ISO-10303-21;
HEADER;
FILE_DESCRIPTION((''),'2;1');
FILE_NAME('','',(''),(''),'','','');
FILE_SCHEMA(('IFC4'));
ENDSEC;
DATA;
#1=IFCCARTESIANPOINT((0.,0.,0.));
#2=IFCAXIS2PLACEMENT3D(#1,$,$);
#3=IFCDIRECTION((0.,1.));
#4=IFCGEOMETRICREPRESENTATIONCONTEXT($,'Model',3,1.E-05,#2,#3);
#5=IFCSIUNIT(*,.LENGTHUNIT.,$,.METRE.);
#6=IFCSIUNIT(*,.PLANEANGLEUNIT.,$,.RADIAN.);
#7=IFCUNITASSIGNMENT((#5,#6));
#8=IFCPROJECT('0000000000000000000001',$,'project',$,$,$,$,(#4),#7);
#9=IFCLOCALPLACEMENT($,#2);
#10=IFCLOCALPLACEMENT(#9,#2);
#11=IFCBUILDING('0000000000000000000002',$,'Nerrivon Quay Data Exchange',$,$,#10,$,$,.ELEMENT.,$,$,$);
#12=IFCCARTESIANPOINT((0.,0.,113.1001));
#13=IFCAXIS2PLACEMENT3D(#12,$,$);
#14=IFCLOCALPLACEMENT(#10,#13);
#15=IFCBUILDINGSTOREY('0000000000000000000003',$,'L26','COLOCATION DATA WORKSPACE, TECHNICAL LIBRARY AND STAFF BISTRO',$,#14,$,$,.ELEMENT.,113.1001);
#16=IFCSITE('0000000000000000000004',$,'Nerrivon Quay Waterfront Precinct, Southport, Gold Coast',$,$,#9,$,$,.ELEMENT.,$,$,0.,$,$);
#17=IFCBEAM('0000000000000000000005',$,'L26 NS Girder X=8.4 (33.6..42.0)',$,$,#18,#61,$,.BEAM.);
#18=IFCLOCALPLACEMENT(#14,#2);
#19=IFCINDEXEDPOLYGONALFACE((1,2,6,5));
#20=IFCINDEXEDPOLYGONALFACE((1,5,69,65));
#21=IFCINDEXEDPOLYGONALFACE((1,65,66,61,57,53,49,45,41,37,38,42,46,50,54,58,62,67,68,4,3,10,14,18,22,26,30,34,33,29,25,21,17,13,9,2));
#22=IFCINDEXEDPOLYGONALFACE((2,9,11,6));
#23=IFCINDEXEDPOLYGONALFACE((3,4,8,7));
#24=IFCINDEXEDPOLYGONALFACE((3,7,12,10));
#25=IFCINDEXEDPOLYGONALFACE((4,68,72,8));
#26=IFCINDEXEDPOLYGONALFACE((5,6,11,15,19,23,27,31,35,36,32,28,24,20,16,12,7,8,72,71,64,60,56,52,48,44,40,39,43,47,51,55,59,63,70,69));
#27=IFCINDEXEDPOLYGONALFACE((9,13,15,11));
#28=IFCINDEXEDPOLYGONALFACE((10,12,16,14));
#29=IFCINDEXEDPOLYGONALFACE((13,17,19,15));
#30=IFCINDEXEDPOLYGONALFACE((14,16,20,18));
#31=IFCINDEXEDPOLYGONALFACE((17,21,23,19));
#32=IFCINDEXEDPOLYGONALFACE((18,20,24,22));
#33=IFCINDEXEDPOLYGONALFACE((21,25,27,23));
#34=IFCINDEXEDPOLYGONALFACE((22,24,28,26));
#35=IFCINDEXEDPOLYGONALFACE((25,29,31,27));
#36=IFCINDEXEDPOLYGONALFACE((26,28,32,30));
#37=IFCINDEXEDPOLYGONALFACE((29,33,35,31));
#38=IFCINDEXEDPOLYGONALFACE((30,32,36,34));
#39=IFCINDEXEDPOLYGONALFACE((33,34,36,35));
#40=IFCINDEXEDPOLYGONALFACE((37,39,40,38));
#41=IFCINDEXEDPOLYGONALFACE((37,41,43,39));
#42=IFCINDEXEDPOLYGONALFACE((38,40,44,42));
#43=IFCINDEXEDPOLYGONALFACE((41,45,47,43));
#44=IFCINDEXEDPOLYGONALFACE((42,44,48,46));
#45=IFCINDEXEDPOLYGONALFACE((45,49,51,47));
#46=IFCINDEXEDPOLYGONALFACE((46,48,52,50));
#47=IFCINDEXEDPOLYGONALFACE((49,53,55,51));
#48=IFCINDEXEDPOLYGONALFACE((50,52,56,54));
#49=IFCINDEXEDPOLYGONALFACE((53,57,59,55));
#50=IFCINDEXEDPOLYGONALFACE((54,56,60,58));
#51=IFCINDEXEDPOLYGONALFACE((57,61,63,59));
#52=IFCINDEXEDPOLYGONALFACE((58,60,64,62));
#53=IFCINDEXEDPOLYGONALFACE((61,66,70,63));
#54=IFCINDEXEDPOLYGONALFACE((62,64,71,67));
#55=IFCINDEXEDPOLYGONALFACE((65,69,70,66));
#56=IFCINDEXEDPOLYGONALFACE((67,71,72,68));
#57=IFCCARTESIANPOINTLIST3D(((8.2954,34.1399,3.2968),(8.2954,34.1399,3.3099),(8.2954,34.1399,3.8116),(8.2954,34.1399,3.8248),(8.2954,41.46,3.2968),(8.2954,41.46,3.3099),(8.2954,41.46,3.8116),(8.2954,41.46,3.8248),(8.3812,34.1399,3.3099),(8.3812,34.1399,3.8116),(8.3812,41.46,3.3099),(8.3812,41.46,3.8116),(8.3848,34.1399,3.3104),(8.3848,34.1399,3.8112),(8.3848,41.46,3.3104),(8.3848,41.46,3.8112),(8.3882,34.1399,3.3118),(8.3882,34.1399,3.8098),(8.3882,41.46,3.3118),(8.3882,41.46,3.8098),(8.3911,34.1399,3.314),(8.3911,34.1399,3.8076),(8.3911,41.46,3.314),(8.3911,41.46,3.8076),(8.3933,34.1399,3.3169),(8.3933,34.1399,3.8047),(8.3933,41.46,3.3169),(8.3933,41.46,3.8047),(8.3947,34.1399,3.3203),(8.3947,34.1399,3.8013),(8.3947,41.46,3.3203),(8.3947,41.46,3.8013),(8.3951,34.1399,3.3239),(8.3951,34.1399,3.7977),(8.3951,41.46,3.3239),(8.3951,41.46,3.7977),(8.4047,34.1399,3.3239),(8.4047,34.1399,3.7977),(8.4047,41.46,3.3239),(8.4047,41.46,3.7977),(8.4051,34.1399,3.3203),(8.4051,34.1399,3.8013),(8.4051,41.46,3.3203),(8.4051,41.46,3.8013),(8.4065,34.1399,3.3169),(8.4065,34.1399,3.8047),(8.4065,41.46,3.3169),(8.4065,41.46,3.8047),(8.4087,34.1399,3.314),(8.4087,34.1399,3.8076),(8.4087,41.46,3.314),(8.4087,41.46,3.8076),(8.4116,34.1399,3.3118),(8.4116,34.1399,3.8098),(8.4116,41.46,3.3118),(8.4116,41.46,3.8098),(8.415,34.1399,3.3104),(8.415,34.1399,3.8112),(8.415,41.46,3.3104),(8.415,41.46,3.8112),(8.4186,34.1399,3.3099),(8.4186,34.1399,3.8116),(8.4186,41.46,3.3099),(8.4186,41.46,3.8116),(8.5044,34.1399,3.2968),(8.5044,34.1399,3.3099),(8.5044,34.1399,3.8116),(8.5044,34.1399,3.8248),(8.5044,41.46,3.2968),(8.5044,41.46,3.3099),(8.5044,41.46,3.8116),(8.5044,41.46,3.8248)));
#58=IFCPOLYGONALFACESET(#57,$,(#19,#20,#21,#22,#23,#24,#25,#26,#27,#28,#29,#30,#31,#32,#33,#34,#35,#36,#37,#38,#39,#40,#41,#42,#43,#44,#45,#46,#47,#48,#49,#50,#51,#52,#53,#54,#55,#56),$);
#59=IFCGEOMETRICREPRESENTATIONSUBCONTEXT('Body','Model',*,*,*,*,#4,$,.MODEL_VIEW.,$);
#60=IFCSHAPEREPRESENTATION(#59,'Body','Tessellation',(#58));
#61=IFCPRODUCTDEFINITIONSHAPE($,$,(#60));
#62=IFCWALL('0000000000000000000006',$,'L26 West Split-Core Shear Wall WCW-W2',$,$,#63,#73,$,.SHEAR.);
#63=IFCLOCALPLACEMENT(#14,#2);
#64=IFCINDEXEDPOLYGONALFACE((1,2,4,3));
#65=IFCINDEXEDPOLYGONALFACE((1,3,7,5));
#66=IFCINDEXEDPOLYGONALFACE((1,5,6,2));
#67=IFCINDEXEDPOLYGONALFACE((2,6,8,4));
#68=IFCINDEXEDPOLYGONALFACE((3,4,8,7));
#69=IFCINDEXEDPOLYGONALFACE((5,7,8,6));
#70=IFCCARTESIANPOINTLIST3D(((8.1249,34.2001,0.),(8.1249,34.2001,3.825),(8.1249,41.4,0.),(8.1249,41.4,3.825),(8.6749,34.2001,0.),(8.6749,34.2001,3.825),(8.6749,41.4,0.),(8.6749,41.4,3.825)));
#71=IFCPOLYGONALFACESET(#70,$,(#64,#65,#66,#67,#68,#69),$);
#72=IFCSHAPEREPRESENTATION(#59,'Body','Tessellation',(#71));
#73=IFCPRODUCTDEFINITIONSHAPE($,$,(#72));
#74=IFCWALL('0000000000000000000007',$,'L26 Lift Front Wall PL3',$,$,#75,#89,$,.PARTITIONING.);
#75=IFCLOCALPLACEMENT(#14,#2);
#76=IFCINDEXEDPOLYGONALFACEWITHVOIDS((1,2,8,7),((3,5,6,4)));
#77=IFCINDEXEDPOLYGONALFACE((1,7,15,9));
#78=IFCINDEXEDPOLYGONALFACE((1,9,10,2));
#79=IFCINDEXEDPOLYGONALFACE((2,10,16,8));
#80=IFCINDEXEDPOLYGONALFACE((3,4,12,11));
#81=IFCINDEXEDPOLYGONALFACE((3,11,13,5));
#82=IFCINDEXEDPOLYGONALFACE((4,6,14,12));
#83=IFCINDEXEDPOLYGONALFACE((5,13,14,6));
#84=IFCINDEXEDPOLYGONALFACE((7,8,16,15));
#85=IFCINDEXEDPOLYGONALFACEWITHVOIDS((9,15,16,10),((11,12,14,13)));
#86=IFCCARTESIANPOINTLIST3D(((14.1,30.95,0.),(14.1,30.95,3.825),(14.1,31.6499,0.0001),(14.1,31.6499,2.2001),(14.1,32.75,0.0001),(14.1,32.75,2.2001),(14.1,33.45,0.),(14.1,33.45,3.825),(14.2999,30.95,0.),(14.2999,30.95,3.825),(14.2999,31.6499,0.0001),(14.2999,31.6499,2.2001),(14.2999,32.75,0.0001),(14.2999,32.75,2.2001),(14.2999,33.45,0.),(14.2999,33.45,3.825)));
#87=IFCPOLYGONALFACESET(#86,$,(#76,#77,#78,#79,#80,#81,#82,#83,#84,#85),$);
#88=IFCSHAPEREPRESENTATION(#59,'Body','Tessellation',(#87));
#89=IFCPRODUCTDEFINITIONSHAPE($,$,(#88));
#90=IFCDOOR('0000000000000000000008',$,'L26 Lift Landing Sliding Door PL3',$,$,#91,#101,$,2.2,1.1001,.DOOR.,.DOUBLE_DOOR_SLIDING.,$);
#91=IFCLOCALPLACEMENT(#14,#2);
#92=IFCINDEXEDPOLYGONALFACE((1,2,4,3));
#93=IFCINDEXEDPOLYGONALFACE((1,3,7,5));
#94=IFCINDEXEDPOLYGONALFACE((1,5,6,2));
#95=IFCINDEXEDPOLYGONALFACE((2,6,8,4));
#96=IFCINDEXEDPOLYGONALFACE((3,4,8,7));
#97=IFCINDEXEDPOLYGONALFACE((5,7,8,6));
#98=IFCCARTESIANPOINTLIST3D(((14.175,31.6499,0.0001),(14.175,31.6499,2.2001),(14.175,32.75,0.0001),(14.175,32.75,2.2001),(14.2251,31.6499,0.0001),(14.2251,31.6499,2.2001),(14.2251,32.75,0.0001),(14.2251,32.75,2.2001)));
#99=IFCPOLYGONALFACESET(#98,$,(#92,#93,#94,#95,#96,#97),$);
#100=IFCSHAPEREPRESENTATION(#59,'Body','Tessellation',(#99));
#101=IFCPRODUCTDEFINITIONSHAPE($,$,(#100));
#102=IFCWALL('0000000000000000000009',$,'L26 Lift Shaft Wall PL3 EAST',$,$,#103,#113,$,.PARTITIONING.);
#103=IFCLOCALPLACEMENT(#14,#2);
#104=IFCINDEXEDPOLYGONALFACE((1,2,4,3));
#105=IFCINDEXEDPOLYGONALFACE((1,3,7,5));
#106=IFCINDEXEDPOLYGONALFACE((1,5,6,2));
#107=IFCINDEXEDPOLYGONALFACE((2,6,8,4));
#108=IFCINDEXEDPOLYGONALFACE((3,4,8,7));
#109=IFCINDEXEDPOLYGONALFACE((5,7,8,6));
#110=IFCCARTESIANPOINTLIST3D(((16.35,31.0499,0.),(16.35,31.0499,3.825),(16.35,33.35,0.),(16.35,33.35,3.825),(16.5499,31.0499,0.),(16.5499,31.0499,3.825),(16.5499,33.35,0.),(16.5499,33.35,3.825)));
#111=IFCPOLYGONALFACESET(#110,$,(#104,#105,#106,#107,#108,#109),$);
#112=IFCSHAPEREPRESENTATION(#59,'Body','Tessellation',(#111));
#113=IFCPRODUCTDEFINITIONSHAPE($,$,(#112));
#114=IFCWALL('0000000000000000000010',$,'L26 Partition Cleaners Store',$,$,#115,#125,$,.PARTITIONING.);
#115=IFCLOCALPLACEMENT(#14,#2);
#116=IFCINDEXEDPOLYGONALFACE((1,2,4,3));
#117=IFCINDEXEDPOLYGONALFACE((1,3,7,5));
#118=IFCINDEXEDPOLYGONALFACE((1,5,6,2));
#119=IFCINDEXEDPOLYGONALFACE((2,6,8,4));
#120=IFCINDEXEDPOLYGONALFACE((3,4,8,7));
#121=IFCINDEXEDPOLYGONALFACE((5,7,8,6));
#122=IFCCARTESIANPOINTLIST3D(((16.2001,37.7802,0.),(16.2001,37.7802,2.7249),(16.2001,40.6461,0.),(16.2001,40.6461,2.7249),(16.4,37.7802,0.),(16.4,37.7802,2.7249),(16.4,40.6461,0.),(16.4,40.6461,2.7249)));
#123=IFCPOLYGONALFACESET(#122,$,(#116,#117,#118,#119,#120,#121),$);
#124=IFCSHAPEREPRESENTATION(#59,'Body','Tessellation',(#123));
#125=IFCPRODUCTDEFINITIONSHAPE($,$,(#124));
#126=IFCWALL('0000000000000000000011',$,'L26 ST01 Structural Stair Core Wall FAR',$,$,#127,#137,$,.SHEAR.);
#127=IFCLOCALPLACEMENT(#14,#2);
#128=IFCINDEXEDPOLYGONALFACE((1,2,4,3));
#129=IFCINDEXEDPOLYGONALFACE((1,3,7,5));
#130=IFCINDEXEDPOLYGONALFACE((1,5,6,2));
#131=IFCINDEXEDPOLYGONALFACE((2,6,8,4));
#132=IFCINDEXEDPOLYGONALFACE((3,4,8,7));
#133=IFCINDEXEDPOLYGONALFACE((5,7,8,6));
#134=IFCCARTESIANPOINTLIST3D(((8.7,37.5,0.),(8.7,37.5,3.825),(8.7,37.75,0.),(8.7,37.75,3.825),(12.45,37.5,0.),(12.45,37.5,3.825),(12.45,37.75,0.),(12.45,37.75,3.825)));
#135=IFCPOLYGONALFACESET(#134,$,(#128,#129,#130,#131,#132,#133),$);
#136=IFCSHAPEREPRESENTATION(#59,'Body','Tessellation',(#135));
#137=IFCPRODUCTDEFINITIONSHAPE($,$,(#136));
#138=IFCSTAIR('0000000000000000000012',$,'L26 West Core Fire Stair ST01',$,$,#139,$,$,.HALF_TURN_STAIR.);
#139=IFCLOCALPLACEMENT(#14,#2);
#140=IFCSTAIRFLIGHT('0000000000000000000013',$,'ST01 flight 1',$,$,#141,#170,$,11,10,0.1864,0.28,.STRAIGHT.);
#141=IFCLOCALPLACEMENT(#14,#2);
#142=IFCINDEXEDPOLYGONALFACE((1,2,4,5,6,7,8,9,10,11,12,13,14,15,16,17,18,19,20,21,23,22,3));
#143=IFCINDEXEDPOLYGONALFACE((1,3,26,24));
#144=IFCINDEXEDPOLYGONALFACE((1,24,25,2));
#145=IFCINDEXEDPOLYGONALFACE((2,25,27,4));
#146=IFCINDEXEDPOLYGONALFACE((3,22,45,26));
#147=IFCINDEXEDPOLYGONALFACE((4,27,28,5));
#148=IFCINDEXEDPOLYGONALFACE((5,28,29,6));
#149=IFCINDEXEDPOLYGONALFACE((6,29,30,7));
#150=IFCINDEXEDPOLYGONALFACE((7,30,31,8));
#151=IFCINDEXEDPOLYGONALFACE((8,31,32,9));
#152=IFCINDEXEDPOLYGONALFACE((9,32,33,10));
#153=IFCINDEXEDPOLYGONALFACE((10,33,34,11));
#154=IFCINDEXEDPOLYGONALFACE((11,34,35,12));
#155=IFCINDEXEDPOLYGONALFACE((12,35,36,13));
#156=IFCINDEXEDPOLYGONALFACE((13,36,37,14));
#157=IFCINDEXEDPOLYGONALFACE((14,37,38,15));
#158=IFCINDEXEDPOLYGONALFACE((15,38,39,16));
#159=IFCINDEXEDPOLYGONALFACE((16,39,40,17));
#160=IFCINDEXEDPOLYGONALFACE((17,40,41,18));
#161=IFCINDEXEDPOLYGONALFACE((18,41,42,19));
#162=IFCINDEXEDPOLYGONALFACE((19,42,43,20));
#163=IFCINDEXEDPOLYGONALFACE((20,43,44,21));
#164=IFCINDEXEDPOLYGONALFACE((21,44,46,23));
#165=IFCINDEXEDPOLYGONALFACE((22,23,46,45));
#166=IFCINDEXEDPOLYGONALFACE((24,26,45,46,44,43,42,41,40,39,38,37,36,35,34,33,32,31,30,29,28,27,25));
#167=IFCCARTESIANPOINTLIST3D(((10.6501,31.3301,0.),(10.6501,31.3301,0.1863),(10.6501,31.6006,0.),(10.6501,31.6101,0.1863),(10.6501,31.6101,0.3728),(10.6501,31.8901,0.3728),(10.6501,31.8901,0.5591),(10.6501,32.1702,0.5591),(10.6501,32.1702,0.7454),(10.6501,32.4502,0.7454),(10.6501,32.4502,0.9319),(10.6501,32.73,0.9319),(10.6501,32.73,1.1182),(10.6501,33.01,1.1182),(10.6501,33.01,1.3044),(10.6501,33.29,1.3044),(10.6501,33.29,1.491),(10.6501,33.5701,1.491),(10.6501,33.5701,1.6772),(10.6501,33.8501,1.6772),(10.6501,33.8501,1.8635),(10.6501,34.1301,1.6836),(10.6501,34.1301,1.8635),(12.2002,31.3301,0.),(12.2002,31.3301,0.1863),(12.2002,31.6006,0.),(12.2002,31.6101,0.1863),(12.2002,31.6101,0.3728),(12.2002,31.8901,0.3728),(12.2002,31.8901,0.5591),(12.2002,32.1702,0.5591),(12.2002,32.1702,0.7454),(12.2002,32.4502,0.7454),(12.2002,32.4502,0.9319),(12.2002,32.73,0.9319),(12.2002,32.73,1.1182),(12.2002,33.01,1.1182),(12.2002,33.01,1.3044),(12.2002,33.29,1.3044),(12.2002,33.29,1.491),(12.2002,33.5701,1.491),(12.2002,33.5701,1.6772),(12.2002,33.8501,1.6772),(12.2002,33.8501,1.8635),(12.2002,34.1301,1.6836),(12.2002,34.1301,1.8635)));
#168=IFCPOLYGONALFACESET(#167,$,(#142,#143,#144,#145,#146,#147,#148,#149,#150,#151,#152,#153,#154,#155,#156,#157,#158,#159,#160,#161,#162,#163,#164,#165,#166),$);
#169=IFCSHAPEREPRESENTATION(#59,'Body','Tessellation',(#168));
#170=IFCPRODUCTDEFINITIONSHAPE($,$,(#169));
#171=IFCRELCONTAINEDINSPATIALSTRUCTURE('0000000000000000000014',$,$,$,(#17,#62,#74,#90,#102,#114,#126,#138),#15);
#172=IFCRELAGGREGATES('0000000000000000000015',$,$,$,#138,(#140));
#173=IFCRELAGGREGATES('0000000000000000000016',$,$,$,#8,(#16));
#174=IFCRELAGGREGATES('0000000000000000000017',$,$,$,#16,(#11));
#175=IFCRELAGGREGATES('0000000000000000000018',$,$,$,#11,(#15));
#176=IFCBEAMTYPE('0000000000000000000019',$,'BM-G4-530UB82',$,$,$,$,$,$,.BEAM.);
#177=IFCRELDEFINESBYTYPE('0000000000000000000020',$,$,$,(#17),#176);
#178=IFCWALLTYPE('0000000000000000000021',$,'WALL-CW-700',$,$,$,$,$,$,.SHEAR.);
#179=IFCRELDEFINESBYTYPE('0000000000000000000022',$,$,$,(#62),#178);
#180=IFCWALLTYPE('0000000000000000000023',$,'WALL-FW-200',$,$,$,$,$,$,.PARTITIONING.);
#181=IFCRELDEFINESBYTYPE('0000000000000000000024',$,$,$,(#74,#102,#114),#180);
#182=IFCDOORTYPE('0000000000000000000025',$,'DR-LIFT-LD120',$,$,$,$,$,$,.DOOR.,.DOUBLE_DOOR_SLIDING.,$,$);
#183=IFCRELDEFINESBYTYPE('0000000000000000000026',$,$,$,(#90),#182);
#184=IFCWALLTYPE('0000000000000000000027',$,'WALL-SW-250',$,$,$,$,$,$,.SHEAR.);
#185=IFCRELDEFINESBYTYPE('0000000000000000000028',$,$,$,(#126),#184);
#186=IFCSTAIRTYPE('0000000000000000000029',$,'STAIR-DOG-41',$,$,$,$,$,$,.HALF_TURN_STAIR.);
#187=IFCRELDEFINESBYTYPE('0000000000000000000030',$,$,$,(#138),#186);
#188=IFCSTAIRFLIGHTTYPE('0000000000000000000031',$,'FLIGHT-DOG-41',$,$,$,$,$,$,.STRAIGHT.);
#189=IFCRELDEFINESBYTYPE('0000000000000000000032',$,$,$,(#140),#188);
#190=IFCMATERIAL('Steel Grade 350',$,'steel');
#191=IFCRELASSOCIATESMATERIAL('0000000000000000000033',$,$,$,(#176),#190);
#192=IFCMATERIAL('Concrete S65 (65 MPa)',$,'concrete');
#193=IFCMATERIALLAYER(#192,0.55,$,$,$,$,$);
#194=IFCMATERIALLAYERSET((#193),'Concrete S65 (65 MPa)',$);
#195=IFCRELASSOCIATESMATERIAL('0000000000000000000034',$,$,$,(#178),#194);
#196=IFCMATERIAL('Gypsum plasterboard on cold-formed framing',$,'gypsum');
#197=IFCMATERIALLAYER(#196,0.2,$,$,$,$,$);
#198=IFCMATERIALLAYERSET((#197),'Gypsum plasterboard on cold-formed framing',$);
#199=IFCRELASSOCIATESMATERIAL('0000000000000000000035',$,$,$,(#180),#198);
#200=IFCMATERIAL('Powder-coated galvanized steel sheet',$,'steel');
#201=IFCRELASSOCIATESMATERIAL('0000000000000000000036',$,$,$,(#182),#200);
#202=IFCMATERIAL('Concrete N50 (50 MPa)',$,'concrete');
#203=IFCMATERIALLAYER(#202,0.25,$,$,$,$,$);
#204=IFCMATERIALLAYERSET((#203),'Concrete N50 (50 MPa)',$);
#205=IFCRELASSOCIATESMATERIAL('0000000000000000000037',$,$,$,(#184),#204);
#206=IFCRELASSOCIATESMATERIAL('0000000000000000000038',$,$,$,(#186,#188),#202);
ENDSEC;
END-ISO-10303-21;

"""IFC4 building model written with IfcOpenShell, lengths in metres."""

from ifc_helpers import new_model, si_unit, direction, frame, frame_2d, origin, origin_2d, place, context, subcontext, project, spatial, polyline, rectangle, i_section, outline, extrude, material, layer, layer_set, material_profile, profile_set, type_object, element, fill, aggregate, save


model = new_model("IFC4")

# Units and contexts
model_context = context("Model", 3, precision=1e-05, world=origin(), true_north=direction((0.0, 1.0)))
body_context = subcontext(model_context, "Body", "Model", "MODEL_VIEW")
ifc_project = project(units=[si_unit("LENGTHUNIT", "METRE"), si_unit("PLANEANGLEUNIT", "RADIAN")], contexts=[model_context])

# Site, building, storey
site_placement = place(None, origin())
site = spatial("IfcSite", under=ifc_project, at=site_placement, Name="Nerrivon Quay Waterfront Precinct, Southport, Gold Coast", CompositionType="ELEMENT", RefElevation=0.0)
building_placement = place(site_placement, origin())
building = spatial("IfcBuilding", under=site, at=building_placement, Name="Nerrivon Quay Data Exchange", CompositionType="ELEMENT")
storey_placement = place(building_placement, frame((0.0, 0.0, 113.1001)))
storey = spatial("IfcBuildingStorey", under=building, at=storey_placement, Name="L26", Description="COLOCATION DATA WORKSPACE, TECHNICAL LIBRARY AND STAFF BISTRO", CompositionType="ELEMENT", Elevation=113.1001)

# Beam
ifc_material_1 = material(Name="Steel Grade 350", Category="steel")
ifc_material_profile = material_profile(ifc_material_1, i_section(OverallWidth=0.209, OverallDepth=0.5281, WebThickness=0.0095, FlangeThickness=0.0132, FilletRadius=0.0139, at=origin_2d()), Name="530UB82.0")
ifc_profile_set = profile_set([ifc_material_profile], Name="Steel Grade 350")
beam_type = type_object("IfcBeamType", Name="BM-G4-530UB82", PredefinedType="BEAM", material=ifc_profile_set)
beam_placement = place(storey_placement, frame((8.3999, 34.1399, 3.5608), z_axis=(0.0, 1.0, 0.0), x_axis=(-1.0, 0.0, 0.0)))
element("IfcBeam", 1, at=beam_placement, inside=storey, type_object=beam_type, Name="L26 NS Girder X=8.4 (33.6..42.0)", PredefinedType="BEAM", context=body_context, shape_type="SweptSolid", body=[
    extrude(i_section(OverallWidth=0.209, OverallDepth=0.5281, WebThickness=0.0095, FlangeThickness=0.0132, FilletRadius=0.0139, at=origin_2d()), origin(), (0.0, 0.0, 1.0), 7.3201),
])

# Wall
ifc_material_2 = material(Name="Concrete S65 (65 MPa)", Category="concrete")
ifc_layer_1 = layer(ifc_material_2, 0.55)
ifc_layer_set_1 = layer_set([ifc_layer_1], Name="Concrete S65 (65 MPa)")
wall_type_1 = type_object("IfcWallType", Name="WALL-CW-700", PredefinedType="SHEAR", material=ifc_layer_set_1)
wall_1_placement = place(storey_placement, frame((8.3999, 34.2, 0.0), z_axis=(0.0, 0.0, 1.0), x_axis=(0.0, 1.0, 0.0)))
element("IfcWall", 2, at=wall_1_placement, inside=storey, type_object=wall_type_1, Name="L26 West Split-Core Shear Wall WCW-W2", PredefinedType="SHEAR", context=body_context, shape_type="SweptSolid", body=[
    extrude(rectangle(XDim=7.2, YDim=0.55, at=frame_2d((3.6001, 0.0))), origin(), (0.0, 0.0, 1.0), 3.825),
])

# Wall, opening, door
ifc_material_3 = material(Name="Gypsum plasterboard on cold-formed framing", Category="gypsum")
ifc_layer_2 = layer(ifc_material_3, 0.2)
ifc_layer_set_2 = layer_set([ifc_layer_2], Name="Gypsum plasterboard on cold-formed framing")
wall_type_2 = type_object("IfcWallType", Name="WALL-FW-200", PredefinedType="PARTITIONING", material=ifc_layer_set_2)
wall_2_placement = place(storey_placement, frame((14.2, 30.95, 0.0), z_axis=(0.0, 0.0, 1.0), x_axis=(0.0, 1.0, 0.0)))
wall_2 = element("IfcWall", 3, at=wall_2_placement, inside=storey, type_object=wall_type_2, Name="L26 Lift Front Wall PL3", PredefinedType="PARTITIONING", context=body_context, shape_type="SweptSolid", body=[
    extrude(rectangle(XDim=2.5, YDim=0.2, at=frame_2d((1.25, 0.0))), origin(), (0.0, 0.0, 1.0), 3.825),
])
opening_1_placement = place(wall_2_placement, frame((0.7, 0.0, 0.0)))
opening_1 = element("IfcOpeningElement", 4, at=opening_1_placement, cuts=wall_2, PredefinedType="OPENING", context=body_context, shape_type="SweptSolid", body=[
    extrude(rectangle(XDim=1.1001, YDim=2.2, at=frame_2d((0.55, 1.1001))), frame((0.0, 0.1099, 0.0), z_axis=(0.0, -1.0, 0.0), x_axis=(1.0, 0.0, 0.0)), (0.0, 0.0, 1.0), 0.22),
])
ifc_material_4 = material(Name="Powder-coated galvanized steel sheet", Category="steel")
door_type_1 = type_object("IfcDoorType", Name="DR-LIFT-LD120", OperationType="DOUBLE_DOOR_SLIDING", PredefinedType="DOOR", material=ifc_material_4)
door_1_placement = place(opening_1_placement, origin())
door_1 = element("IfcDoor", 5, at=door_1_placement, inside=storey, type_object=door_type_1, Name="L26 Lift Landing Sliding Door PL3", OperationType="DOUBLE_DOOR_SLIDING", OverallHeight=2.2, OverallWidth=1.1001, PredefinedType="DOOR", context=body_context, shape_type="SweptSolid", body=[
    extrude(rectangle(XDim=1.1001, YDim=2.2, at=frame_2d((0.55, 1.1001))), frame((0.0, 0.0249, 0.0), z_axis=(0.0, -1.0, 0.0), x_axis=(1.0, 0.0, 0.0)), (0.0, 0.0, 1.0), 0.05),
])
fill(opening_1, door_1)

# Walls
wall_3_placement = place(storey_placement, frame((16.45, 31.05, 0.0), z_axis=(0.0, 0.0, 1.0), x_axis=(0.0, 1.0, 0.0)))
element("IfcWall", 6, at=wall_3_placement, inside=storey, type_object=wall_type_2, Name="L26 Lift Shaft Wall PL3 EAST", PredefinedType="PARTITIONING", context=body_context, shape_type="SweptSolid", body=[
    extrude(rectangle(XDim=2.3, YDim=0.2, at=frame_2d((1.1499, 0.0))), origin(), (0.0, 0.0, 1.0), 3.825),
])
wall_4_placement = place(storey_placement, frame((16.3, 37.78, 0.0), z_axis=(0.0, 0.0, 1.0), x_axis=(0.0, 1.0, 0.0)))
element("IfcWall", 7, at=wall_4_placement, inside=storey, type_object=wall_type_2, Name="L26 Partition Cleaners Store", PredefinedType="PARTITIONING", context=body_context, shape_type="SweptSolid", body=[
    extrude(rectangle(XDim=2.866, YDim=0.2, at=frame_2d((1.4331, 0.0))), origin(), (0.0, 0.0, 1.0), 2.7249),
])
ifc_material_5 = material(Name="Concrete N50 (50 MPa)", Category="concrete")
ifc_layer_3 = layer(ifc_material_5, 0.25)
ifc_layer_set_3 = layer_set([ifc_layer_3], Name="Concrete N50 (50 MPa)")
wall_type_3 = type_object("IfcWallType", Name="WALL-SW-250", PredefinedType="SHEAR", material=ifc_layer_set_3)
wall_5_placement = place(storey_placement, frame((12.45, 37.625, 0.0), z_axis=(0.0, 0.0, 1.0), x_axis=(-1.0, 0.0, 0.0)))
element("IfcWall", 8, at=wall_5_placement, inside=storey, type_object=wall_type_3, Name="L26 ST01 Structural Stair Core Wall FAR", PredefinedType="SHEAR", context=body_context, shape_type="SweptSolid", body=[
    extrude(rectangle(XDim=3.75, YDim=0.25, at=frame_2d((1.875, 0.0))), origin(), (0.0, 0.0, 1.0), 3.825),
])

# Stair, stair flight
stair_type = type_object("IfcStairType", Name="STAIR-DOG-41", PredefinedType="HALF_TURN_STAIR", material=ifc_material_5)
stair_placement = place(storey_placement, origin())
stair = element("IfcStair", 9, at=stair_placement, inside=storey, type_object=stair_type, Name="L26 West Core Fire Stair ST01", PredefinedType="HALF_TURN_STAIR")
stair_flight_type = type_object("IfcStairFlightType", Name="FLIGHT-DOG-41", PredefinedType="STRAIGHT", material=ifc_material_5)
stair_flight_1_placement = place(storey_placement, frame((11.425, 31.3301, 0.0), z_axis=(0.0, 0.0, 1.0), x_axis=(0.0, 1.0, 0.0)))
stair_flight_1 = element("IfcStairFlight", 10, at=stair_flight_1_placement, type_object=stair_flight_type, Name="ST01 flight 1", NumberOfRisers=11, NumberOfTreads=10, PredefinedType="STRAIGHT", RiserHeight=0.1864, TreadLength=0.28, context=body_context, shape_type="SweptSolid", body=[
    extrude(outline(polyline([(0.0, 0.0), (0.0, 0.1863), (0.28, 0.1863), (0.28, 0.3728), (0.5601, 0.3728), (0.5601, 0.5591), (0.8401, 0.5591), (0.8401, 0.7454), (1.1201, 0.7454), (1.1201, 0.9319), (1.3999, 0.9319), (1.3999, 1.1182), (1.6799, 1.1182), (1.6799, 1.3044), (1.96, 1.3044), (1.96, 1.491), (2.24, 1.491), (2.24, 1.6772), (2.52, 1.6772), (2.52, 1.8635), (2.8, 1.8635), (2.8, 2.05), (2.8, 1.6836), (0.2705, 0.0), (0.0, 0.0)])), frame((0.0, 0.7749, 0.0), z_axis=(0.0, -1.0, 0.0), x_axis=(1.0, 0.0, 0.0)), (0.0, 0.0, 1.0), 1.55),
])
aggregate(stair, [stair_flight_1])

save(model, "model.ifc")
